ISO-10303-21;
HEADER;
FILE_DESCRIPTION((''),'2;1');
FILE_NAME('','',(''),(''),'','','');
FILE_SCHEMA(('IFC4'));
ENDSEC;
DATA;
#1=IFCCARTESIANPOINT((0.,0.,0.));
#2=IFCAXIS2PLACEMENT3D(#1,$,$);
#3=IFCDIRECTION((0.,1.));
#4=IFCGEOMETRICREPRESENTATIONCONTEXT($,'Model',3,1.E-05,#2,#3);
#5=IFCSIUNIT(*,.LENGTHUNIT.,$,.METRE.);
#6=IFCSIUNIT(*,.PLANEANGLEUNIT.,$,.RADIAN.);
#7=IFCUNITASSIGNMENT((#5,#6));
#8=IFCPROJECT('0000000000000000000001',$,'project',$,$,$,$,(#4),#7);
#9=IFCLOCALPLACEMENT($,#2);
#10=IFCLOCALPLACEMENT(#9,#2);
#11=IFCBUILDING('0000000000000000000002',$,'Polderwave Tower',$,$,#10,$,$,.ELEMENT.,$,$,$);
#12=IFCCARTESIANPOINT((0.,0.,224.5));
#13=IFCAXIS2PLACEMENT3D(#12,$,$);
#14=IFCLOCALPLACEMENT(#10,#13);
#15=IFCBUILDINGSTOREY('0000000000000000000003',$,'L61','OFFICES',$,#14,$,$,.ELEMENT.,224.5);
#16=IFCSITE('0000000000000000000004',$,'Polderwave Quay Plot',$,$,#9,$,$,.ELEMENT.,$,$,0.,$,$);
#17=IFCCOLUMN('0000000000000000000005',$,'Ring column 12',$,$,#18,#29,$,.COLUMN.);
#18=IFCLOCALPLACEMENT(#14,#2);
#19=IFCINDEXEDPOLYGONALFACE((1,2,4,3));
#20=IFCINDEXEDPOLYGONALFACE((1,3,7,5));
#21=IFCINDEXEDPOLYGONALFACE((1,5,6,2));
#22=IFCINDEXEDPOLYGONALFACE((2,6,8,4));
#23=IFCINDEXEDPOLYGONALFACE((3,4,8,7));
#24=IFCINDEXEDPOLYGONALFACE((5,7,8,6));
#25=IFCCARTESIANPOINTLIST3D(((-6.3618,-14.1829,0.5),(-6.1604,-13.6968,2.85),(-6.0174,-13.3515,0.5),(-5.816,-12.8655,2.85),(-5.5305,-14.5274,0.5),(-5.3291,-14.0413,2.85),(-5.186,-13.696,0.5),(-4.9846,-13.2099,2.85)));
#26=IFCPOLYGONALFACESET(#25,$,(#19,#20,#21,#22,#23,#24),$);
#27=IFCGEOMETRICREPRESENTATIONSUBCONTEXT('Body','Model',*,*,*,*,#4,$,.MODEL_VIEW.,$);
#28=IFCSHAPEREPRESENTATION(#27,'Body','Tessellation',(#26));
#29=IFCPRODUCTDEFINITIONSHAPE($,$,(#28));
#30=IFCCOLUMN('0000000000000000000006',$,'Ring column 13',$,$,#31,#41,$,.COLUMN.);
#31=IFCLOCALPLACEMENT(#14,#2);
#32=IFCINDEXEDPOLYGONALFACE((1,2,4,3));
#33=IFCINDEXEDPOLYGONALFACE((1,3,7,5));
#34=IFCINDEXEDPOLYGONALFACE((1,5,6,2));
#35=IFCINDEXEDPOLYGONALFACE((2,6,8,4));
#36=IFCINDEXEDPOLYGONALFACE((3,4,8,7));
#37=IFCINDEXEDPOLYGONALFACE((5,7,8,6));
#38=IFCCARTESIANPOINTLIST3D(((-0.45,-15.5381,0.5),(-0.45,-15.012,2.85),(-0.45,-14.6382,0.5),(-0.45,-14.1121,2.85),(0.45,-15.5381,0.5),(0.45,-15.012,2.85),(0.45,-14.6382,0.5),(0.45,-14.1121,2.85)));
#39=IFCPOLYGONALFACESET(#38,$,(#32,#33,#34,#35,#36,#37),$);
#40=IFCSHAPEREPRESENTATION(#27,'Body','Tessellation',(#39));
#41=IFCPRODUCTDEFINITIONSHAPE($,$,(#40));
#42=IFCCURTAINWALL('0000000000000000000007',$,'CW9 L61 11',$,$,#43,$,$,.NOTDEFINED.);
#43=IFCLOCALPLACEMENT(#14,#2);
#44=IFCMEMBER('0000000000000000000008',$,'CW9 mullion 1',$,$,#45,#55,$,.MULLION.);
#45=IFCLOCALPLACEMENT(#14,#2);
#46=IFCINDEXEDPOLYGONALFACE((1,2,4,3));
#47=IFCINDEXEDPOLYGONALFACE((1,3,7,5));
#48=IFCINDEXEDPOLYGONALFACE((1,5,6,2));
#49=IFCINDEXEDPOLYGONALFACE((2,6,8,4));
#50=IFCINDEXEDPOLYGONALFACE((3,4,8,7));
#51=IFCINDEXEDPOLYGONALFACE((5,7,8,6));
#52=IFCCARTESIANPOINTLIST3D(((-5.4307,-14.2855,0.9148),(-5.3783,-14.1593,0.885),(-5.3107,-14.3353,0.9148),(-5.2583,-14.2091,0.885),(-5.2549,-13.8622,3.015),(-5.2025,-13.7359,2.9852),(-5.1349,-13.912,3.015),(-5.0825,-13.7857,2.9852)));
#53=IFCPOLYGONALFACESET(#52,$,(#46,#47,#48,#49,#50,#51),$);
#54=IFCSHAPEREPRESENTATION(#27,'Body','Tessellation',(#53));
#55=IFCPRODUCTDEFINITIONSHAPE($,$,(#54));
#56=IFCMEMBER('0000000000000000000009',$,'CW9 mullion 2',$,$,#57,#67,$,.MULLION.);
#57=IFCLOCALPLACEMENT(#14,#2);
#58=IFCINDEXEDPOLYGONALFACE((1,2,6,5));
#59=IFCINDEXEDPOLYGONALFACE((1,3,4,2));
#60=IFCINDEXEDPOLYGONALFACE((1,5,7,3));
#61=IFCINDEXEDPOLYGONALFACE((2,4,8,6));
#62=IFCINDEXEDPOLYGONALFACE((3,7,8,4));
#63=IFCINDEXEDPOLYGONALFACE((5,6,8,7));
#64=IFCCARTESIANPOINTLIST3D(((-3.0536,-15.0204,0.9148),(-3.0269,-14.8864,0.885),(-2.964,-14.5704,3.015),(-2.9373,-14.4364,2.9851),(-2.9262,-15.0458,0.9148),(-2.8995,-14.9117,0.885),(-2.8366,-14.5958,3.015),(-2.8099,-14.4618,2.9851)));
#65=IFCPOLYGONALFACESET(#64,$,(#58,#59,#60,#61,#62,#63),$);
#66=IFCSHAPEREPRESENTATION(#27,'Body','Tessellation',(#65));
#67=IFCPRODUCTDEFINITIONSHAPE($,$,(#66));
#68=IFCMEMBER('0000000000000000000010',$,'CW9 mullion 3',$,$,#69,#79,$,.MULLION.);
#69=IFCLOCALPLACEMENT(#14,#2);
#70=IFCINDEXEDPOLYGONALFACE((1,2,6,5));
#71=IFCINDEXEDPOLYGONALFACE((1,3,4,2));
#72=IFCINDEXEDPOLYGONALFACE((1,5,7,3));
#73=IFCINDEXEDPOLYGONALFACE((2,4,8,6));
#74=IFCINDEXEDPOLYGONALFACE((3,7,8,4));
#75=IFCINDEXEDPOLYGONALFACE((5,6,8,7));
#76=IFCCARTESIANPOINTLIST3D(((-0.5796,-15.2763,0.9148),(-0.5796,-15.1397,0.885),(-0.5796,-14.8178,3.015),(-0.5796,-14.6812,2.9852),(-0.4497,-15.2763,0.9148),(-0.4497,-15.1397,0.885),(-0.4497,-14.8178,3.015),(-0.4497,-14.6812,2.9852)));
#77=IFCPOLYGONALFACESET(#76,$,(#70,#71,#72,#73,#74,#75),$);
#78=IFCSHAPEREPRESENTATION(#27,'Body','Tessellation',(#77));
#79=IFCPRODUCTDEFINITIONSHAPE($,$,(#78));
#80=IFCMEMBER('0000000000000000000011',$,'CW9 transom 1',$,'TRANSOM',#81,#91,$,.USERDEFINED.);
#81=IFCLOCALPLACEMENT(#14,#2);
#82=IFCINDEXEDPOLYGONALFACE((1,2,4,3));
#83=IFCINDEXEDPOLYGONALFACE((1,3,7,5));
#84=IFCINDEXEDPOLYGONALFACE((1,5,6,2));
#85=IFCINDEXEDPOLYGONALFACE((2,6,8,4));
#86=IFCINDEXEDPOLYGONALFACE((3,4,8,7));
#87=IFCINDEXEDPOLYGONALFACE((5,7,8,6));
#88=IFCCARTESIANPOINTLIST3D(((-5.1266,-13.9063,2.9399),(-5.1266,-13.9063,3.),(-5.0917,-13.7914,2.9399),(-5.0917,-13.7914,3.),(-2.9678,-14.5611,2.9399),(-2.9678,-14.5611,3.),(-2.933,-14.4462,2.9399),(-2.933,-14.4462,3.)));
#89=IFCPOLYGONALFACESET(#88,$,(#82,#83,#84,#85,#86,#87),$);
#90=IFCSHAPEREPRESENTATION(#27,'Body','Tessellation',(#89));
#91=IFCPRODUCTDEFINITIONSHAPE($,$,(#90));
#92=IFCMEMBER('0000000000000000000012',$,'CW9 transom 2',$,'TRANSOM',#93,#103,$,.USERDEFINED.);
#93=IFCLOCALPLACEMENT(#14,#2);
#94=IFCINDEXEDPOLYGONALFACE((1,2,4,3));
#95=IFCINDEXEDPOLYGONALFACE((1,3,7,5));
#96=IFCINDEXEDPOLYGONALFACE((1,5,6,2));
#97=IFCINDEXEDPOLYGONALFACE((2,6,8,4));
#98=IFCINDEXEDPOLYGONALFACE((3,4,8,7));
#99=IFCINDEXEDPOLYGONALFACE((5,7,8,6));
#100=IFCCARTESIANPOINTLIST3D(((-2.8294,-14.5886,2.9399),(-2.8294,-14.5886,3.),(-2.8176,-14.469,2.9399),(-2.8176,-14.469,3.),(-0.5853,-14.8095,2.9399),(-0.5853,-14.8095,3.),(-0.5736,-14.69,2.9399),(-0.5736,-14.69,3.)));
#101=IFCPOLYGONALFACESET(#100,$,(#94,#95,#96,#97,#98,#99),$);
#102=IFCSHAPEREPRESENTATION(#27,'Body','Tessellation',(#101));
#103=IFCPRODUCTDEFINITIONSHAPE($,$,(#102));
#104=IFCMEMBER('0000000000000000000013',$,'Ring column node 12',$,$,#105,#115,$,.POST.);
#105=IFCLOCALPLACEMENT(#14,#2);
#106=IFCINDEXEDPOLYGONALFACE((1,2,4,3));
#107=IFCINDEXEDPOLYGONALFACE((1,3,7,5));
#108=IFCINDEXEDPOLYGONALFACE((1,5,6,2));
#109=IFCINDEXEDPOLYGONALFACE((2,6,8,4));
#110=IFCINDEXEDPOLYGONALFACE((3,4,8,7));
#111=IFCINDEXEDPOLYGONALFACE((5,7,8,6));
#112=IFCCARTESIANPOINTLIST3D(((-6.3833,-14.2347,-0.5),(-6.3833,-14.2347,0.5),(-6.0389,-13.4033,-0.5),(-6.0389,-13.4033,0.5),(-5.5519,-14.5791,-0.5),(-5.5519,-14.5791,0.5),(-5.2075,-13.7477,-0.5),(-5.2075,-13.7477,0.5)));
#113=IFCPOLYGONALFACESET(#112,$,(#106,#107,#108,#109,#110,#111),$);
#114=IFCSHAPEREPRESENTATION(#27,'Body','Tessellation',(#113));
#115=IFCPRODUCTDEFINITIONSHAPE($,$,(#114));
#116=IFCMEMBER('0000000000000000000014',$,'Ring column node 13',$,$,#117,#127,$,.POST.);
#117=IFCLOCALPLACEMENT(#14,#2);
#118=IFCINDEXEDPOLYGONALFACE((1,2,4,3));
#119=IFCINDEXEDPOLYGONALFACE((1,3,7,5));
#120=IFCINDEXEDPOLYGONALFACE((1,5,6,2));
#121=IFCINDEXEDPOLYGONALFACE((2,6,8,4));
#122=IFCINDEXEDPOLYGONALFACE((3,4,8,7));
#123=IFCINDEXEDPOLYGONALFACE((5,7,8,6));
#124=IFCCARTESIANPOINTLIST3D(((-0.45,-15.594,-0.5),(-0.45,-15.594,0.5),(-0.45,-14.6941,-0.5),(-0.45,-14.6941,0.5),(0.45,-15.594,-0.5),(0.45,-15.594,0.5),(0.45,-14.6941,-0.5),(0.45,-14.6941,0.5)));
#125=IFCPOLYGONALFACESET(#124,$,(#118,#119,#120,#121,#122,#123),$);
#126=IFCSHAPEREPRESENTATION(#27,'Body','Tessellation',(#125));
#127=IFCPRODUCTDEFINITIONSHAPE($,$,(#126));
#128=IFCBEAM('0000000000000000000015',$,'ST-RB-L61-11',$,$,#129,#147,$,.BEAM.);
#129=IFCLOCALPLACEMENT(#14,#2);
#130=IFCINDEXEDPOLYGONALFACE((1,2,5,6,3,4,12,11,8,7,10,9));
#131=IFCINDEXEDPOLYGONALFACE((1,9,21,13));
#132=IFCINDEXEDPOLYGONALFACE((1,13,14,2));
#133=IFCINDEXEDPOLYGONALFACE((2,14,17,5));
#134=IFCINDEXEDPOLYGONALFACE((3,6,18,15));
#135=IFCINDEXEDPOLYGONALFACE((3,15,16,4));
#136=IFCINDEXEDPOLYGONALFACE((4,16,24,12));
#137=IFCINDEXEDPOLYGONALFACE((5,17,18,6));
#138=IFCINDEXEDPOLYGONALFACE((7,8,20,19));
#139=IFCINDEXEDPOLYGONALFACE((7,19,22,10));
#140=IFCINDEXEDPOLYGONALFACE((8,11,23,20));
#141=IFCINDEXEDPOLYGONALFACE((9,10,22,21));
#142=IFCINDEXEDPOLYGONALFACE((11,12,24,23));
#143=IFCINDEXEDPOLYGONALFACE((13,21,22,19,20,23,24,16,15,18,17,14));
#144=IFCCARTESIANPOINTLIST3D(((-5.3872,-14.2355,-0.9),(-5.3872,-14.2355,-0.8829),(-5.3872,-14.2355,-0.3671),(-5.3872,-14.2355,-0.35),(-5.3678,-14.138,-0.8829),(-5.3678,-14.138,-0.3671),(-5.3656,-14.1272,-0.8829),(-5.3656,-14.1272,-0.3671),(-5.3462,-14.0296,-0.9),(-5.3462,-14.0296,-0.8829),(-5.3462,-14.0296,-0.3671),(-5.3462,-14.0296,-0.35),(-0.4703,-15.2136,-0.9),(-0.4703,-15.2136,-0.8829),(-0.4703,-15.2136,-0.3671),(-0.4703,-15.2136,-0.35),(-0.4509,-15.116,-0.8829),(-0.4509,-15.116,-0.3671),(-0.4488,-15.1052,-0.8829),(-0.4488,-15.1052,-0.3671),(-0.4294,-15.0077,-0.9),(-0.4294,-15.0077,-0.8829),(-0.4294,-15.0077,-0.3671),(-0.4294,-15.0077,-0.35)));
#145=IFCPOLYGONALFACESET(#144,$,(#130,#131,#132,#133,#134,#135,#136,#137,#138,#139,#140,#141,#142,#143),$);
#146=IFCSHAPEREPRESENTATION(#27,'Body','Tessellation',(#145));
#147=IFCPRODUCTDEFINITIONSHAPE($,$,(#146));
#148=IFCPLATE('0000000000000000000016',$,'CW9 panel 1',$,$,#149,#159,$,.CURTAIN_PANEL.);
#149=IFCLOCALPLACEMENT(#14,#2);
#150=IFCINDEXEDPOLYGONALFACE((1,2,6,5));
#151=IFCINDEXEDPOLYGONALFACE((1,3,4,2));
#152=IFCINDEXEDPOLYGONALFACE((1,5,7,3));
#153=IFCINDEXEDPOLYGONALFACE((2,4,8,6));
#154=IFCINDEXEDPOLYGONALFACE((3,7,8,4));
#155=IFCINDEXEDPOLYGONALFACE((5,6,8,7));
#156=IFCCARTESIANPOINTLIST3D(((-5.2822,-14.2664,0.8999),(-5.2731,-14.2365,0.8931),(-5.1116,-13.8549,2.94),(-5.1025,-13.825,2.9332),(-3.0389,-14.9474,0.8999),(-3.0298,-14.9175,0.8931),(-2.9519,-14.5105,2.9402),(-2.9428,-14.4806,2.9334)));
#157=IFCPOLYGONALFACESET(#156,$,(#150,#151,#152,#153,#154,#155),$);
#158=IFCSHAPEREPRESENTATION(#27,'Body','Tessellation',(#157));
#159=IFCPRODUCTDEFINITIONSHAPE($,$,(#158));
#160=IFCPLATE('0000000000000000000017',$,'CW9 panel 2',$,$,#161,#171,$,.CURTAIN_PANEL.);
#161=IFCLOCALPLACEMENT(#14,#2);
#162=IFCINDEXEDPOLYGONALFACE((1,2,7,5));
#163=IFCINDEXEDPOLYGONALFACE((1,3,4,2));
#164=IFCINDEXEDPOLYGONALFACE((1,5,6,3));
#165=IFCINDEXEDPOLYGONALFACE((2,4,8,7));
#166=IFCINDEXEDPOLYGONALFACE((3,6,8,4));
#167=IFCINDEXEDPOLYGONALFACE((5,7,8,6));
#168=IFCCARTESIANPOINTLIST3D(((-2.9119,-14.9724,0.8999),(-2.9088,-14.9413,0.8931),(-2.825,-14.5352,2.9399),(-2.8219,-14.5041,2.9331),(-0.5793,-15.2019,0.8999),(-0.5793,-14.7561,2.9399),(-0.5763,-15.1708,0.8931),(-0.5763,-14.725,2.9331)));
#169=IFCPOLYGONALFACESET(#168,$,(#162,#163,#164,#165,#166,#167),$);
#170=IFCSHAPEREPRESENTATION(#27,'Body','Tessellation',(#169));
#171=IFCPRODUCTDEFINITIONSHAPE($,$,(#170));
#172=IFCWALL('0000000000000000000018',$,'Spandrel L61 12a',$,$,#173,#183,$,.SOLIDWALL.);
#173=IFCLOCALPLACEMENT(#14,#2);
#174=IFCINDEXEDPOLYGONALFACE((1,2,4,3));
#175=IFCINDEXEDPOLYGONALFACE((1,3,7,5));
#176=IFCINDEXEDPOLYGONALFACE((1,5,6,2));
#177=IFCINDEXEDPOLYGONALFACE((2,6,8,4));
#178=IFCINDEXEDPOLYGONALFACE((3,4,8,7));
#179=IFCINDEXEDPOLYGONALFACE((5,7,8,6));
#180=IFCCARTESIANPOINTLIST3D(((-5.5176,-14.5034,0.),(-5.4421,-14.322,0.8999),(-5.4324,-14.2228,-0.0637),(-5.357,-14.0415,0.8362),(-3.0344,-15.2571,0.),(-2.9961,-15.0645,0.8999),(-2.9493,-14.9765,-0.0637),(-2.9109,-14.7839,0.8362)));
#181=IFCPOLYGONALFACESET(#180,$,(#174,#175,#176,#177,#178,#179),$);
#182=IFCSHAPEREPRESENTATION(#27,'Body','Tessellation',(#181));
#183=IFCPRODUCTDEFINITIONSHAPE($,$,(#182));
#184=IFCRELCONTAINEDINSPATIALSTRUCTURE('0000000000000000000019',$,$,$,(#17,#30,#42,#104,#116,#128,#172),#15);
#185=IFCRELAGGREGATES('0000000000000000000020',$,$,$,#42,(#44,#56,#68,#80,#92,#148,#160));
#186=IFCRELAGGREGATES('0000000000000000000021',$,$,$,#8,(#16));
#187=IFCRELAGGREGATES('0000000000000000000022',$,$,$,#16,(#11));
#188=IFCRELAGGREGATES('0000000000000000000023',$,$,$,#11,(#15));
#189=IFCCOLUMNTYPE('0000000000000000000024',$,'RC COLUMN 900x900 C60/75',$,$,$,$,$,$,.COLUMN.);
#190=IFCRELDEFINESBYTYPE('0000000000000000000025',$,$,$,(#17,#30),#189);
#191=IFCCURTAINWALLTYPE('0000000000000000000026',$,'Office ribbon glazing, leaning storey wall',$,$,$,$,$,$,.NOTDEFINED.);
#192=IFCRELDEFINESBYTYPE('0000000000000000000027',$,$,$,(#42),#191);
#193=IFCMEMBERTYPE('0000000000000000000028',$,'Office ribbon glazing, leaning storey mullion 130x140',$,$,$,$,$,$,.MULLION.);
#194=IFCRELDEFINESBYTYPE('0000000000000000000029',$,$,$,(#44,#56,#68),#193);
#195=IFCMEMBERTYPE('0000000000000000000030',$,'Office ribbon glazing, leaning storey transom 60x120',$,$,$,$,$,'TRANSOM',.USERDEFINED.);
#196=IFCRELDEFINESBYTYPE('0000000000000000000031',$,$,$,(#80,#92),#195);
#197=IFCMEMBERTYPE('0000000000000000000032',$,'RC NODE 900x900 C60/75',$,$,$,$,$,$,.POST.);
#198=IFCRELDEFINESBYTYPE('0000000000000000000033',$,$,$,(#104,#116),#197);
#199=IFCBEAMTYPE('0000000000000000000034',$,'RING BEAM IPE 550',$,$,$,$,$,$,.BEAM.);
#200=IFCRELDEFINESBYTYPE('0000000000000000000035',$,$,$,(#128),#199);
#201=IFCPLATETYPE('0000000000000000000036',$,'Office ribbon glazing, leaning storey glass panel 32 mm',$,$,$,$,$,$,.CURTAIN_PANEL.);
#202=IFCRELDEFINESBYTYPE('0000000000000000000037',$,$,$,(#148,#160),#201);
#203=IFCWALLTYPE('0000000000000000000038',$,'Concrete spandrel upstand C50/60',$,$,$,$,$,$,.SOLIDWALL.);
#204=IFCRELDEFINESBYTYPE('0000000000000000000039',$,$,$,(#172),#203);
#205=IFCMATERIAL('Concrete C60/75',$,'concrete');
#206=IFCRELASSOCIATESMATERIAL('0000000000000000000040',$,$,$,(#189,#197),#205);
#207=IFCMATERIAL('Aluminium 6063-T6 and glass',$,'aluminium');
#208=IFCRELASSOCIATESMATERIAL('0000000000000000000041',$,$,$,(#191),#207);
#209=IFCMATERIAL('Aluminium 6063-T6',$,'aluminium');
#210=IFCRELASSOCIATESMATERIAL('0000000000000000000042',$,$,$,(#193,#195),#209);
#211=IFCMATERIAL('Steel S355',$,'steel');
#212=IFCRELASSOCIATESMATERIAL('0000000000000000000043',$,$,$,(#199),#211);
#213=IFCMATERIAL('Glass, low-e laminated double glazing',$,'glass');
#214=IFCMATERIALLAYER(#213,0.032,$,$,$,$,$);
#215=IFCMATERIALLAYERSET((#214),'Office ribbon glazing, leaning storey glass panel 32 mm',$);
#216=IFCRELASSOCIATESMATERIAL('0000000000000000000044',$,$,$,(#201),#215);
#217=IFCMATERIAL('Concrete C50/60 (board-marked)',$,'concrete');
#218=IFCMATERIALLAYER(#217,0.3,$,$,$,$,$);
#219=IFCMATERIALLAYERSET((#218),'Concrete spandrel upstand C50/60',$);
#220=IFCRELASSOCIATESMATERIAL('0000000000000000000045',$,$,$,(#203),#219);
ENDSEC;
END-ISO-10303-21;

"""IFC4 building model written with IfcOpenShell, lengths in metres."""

from ifc_helpers import new_model, si_unit, direction, frame, origin, origin_2d, place, context, subcontext, project, spatial, polyline, rectangle, i_section, outline, extrude, material, layer, layer_set, material_profile, profile_set, type_object, element, aggregate, save


model = new_model("IFC4")

# Units and contexts
model_context = context("Model", 3, precision=1e-05, world=origin(), true_north=direction((0.0, 1.0)))
body_context = subcontext(model_context, "Body", "Model", "MODEL_VIEW")
ifc_project = project(units=[si_unit("LENGTHUNIT", "METRE"), si_unit("PLANEANGLEUNIT", "RADIAN")], contexts=[model_context])

# Site, building, storey
site_placement = place(None, origin())
site = spatial("IfcSite", under=ifc_project, at=site_placement, Name="Polderwave Quay Plot", CompositionType="ELEMENT", RefElevation=0.0)
building_placement = place(site_placement, origin())
building = spatial("IfcBuilding", under=site, at=building_placement, Name="Polderwave Tower", CompositionType="ELEMENT")
storey_placement = place(building_placement, frame((0.0, 0.0, 224.5)))
storey = spatial("IfcBuildingStorey", under=building, at=storey_placement, Name="L61", Description="OFFICES", CompositionType="ELEMENT", Elevation=224.5)

# Columns
ifc_material_1 = material(Name="Concrete C60/75", Category="concrete")
ifc_material_profile_1 = material_profile(ifc_material_1, rectangle(XDim=0.8999, YDim=0.8999, at=origin_2d()), Name="RC 900x900")
ifc_profile_set_1 = profile_set([ifc_material_profile_1], Name="Concrete C60/75")
column_type = type_object("IfcColumnType", Name="RC COLUMN 900x900 C60/75", PredefinedType="COLUMN", material=ifc_profile_set_1)
column_1_placement = place(storey_placement, frame((-5.7739, -13.9395, 0.5), z_axis=(0.0, 0.0, 1.0), x_axis=(-0.92383, 0.382803, 0.0)))
element("IfcColumn", 1, at=column_1_placement, inside=storey, type_object=column_type, Name="Ring column 12", PredefinedType="COLUMN", context=body_context, shape_type="SweptSolid", body=[
    extrude(rectangle(XDim=0.8999, YDim=0.8999, at=origin_2d()), origin(), (0.0, -0.21848, 0.975841), 2.4082),
])
column_2_placement = place(storey_placement, frame((0.0, -15.0881, 0.5), z_axis=(0.0, 0.0, 1.0), x_axis=(-1.0, 0.0, 0.0)))
element("IfcColumn", 2, at=column_2_placement, inside=storey, type_object=column_type, Name="Ring column 13", PredefinedType="COLUMN", context=body_context, shape_type="SweptSolid", body=[
    extrude(rectangle(XDim=0.8999, YDim=0.8999, at=origin_2d()), origin(), (0.0, -0.218465, 0.975845), 2.4082),
])

# Curtain wall, members
ifc_material_2 = material(Name="Aluminium 6063-T6 and glass", Category="aluminium")
curtain_wall_type = type_object("IfcCurtainWallType", Name="Office ribbon glazing, leaning storey wall", PredefinedType="NOTDEFINED", material=ifc_material_2)
curtain_wall_placement = place(storey_placement, origin())
curtain_wall = element("IfcCurtainWall", 3, at=curtain_wall_placement, inside=storey, type_object=curtain_wall_type, Name="CW9 L61 11", PredefinedType="NOTDEFINED")
ifc_material_3 = material(Name="Aluminium 6063-T6", Category="aluminium")
ifc_material_profile_2 = material_profile(ifc_material_3, rectangle(XDim=0.1299, YDim=0.1399, at=origin_2d()), Name="AL 130x140")
ifc_profile_set_2 = profile_set([ifc_material_profile_2], Name="Aluminium 6063-T6")
member_type_1 = type_object("IfcMemberType", Name="Office ribbon glazing, leaning storey mullion 130x140", PredefinedType="MULLION", material=ifc_profile_set_2)
member_1_placement = place(storey_placement, frame((-5.3445, -14.2473, 0.8999), z_axis=(0.081776, 0.196944, 0.976998), x_axis=(-0.923549, 0.383481, 0.0)))
member_1 = element("IfcMember", 4, at=member_1_placement, type_object=member_type_1, Name="CW9 mullion 1", PredefinedType="MULLION", context=body_context, shape_type="SweptSolid", body=[
    extrude(rectangle(XDim=0.1299, YDim=0.1399, at=origin_2d()), origin(), (0.0, 0.0, 1.0), 2.1497),
])
member_2_placement = place(storey_placement, frame((-2.9766, -14.9661, 0.8999), z_axis=(0.041681, 0.209316, 0.976959), x_axis=(-0.980744, 0.195297, 0.0)))
member_2 = element("IfcMember", 5, at=member_2_placement, type_object=member_type_1, Name="CW9 mullion 2", PredefinedType="MULLION", context=body_context, shape_type="SweptSolid", body=[
    extrude(rectangle(XDim=0.1299, YDim=0.1399, at=origin_2d()), origin(), (0.0, 0.0, 1.0), 2.1497),
])
member_3_placement = place(storey_placement, frame((-0.5146, -15.208, 0.8999), z_axis=(0.0, 0.213297, 0.976987), x_axis=(-1.0, 0.0, 0.0)))
member_3 = element("IfcMember", 6, at=member_3_placement, type_object=member_type_1, Name="CW9 mullion 3", PredefinedType="MULLION", context=body_context, shape_type="SweptSolid", body=[
    extrude(rectangle(XDim=0.1299, YDim=0.1399, at=origin_2d()), origin(), (0.0, 0.0, 1.0), 2.1497),
])
ifc_material_profile_3 = material_profile(ifc_material_3, rectangle(XDim=0.1201, YDim=0.0601, at=origin_2d()), Name="AL 60x120")
ifc_profile_set_3 = profile_set([ifc_material_profile_3], Name="Aluminium 6063-T6")
member_type_2 = type_object("IfcMemberType", Name="Office ribbon glazing, leaning storey transom 60x120", ElementType="TRANSOM", PredefinedType="USERDEFINED", material=ifc_profile_set_3)
member_4_placement = place(storey_placement, frame((-5.1091, -13.8489, 2.97), z_axis=(0.956946, -0.290266, 0.0), x_axis=(0.290266, 0.956946, 0.0)))
member_4 = element("IfcMember", 7, at=member_4_placement, type_object=member_type_2, Name="CW9 transom 1", ObjectType="TRANSOM", PredefinedType="USERDEFINED", context=body_context, shape_type="SweptSolid", body=[
    extrude(rectangle(XDim=0.1201, YDim=0.0601, at=origin_2d()), origin(), (0.0, 0.0, 1.0), 2.2559),
])
member_5_placement = place(storey_placement, frame((-2.8235, -14.5288, 2.97), z_axis=(0.995188, -0.097981, 0.0), x_axis=(0.097981, 0.995188, 0.0)))
member_5 = element("IfcMember", 8, at=member_5_placement, type_object=member_type_2, Name="CW9 transom 2", ObjectType="TRANSOM", PredefinedType="USERDEFINED", context=body_context, shape_type="SweptSolid", body=[
    extrude(rectangle(XDim=0.1201, YDim=0.0601, at=origin_2d()), origin(), (0.0, 0.0, 1.0), 2.2549),
])

# Members
ifc_material_profile_4 = material_profile(ifc_material_1, rectangle(XDim=0.8999, YDim=0.8999, at=origin_2d()), Name="RC 900x900")
ifc_profile_set_4 = profile_set([ifc_material_profile_4], Name="Concrete C60/75")
member_type_3 = type_object("IfcMemberType", Name="RC NODE 900x900 C60/75", PredefinedType="POST", material=ifc_profile_set_4)
for number, where, z_axis, x_axis, name in (
    (9, (-5.7954, -13.9912, -0.5), (0.0, 0.0, 1.0), (-0.382683, -0.92388, 0.0), "Ring column node 12"),
    (10, (0.0, -15.144, -0.5), (0.0, 0.0, 1.0), (0.0, -1.0, 0.0), "Ring column node 13"),
):
    element("IfcMember", number, at=place(storey_placement, frame(where, z_axis=z_axis, x_axis=x_axis)), inside=storey, type_object=member_type_3, Name=name, PredefinedType="POST", context=body_context, shape_type="SweptSolid", body=[
        extrude(rectangle(XDim=0.8999, YDim=0.8999, at=origin_2d()), origin(), (0.0, 0.0, 1.0), 1.0),
    ])

# Beam
ifc_material_4 = material(Name="Steel S355", Category="steel")
ifc_material_profile_5 = material_profile(ifc_material_4, i_section(OverallWidth=0.21, OverallDepth=0.55, WebThickness=0.011, FlangeThickness=0.0171, at=origin_2d()), Name="IPE 550")
ifc_profile_set_5 = profile_set([ifc_material_profile_5], Name="Steel S355")
beam_type = type_object("IfcBeamType", Name="RING BEAM IPE 550", PredefinedType="BEAM", material=ifc_profile_set_5)
beam_placement = place(storey_placement, frame((-5.3667, -14.1326, -0.625), z_axis=(0.980784, -0.195095, 0.0), x_axis=(0.195095, 0.980784, 0.0)))
element("IfcBeam", 11, at=beam_placement, inside=storey, type_object=beam_type, Name="ST-RB-L61-11", PredefinedType="BEAM", context=body_context, shape_type="SweptSolid", body=[
    extrude(i_section(OverallWidth=0.21, OverallDepth=0.55, WebThickness=0.011, FlangeThickness=0.0171, at=origin_2d()), origin(), (0.0, 0.0, 1.0), 5.0132),
])

# Plates
ifc_material_5 = material(Name="Glass, low-e laminated double glazing", Category="glass")
ifc_layer_1 = layer(ifc_material_5, 0.032)
ifc_layer_set_1 = layer_set([ifc_layer_1], Name="Office ribbon glazing, leaning storey glass panel 32 mm")
plate_type = type_object("IfcPlateType", Name="Office ribbon glazing, leaning storey glass panel 32 mm", PredefinedType="CURTAIN_PANEL", material=ifc_layer_set_1)
plate_1_placement = place(storey_placement, frame((-5.2822, -14.2664, 0.8999), z_axis=(-0.283873, -0.935056, 0.212338), x_axis=(0.956877, -0.290494, 0.000014)))
plate_1 = element("IfcPlate", 12, at=plate_1_placement, type_object=plate_type, Name="CW9 panel 1", PredefinedType="CURTAIN_PANEL", context=body_context, shape_type="SweptSolid", body=[
    extrude(outline(polyline([(0.0, 0.0), (2.3445, 0.0), (2.3008, 2.0879), (0.0438, 2.0877), (0.0, 0.0)])), origin(), (0.0, 0.0, -1.0), 0.032),
])
plate_2_placement = place(storey_placement, frame((-2.9119, -14.9724, 0.8999), z_axis=(-0.09568, -0.972463, 0.21251), x_axis=(0.995195, -0.097917, 0.0)))
plate_2 = element("IfcPlate", 13, at=plate_2_placement, type_object=plate_type, Name="CW9 panel 2", PredefinedType="CURTAIN_PANEL", context=body_context, shape_type="SweptSolid", body=[
    extrude(outline(polyline([(0.0, 0.0), (2.3438, 0.0), (2.3001, 2.0877), (0.0437, 2.0877), (0.0, 0.0)])), origin(), (0.0, 0.0, -1.0), 0.032),
])
aggregate(curtain_wall, [member_1, member_2, member_3, member_4, member_5, plate_1, plate_2])

# Wall
ifc_material_6 = material(Name="Concrete C50/60 (board-marked)", Category="concrete")
ifc_layer_2 = layer(ifc_material_6, 0.3)
ifc_layer_set_2 = layer_set([ifc_layer_2], Name="Concrete spandrel upstand C50/60")
wall_type_1 = type_object("IfcWallType", Name="Concrete spandrel upstand C50/60", PredefinedType="SOLIDWALL", material=ifc_layer_set_2)
wall_1_placement = place(storey_placement, frame((-5.5176, -14.5034, 0.0), z_axis=(-0.283815, -0.93509, 0.212265), x_axis=(0.956895, -0.290433, 0.000001)))
element("IfcWall", 14, at=wall_1_placement, inside=storey, type_object=wall_type_1, Name="Spandrel L61 12a", PredefinedType="SOLIDWALL", context=body_context, shape_type="SweptSolid", body=[
    extrude(outline(polyline([(0.0, 0.0), (2.595, 0.0), (2.5757, 0.9209), (0.0195, 0.9209), (0.0, 0.0)])), origin(), (0.0, 0.0, -1.0), 0.3),
])

save(model, "model.ifc")
